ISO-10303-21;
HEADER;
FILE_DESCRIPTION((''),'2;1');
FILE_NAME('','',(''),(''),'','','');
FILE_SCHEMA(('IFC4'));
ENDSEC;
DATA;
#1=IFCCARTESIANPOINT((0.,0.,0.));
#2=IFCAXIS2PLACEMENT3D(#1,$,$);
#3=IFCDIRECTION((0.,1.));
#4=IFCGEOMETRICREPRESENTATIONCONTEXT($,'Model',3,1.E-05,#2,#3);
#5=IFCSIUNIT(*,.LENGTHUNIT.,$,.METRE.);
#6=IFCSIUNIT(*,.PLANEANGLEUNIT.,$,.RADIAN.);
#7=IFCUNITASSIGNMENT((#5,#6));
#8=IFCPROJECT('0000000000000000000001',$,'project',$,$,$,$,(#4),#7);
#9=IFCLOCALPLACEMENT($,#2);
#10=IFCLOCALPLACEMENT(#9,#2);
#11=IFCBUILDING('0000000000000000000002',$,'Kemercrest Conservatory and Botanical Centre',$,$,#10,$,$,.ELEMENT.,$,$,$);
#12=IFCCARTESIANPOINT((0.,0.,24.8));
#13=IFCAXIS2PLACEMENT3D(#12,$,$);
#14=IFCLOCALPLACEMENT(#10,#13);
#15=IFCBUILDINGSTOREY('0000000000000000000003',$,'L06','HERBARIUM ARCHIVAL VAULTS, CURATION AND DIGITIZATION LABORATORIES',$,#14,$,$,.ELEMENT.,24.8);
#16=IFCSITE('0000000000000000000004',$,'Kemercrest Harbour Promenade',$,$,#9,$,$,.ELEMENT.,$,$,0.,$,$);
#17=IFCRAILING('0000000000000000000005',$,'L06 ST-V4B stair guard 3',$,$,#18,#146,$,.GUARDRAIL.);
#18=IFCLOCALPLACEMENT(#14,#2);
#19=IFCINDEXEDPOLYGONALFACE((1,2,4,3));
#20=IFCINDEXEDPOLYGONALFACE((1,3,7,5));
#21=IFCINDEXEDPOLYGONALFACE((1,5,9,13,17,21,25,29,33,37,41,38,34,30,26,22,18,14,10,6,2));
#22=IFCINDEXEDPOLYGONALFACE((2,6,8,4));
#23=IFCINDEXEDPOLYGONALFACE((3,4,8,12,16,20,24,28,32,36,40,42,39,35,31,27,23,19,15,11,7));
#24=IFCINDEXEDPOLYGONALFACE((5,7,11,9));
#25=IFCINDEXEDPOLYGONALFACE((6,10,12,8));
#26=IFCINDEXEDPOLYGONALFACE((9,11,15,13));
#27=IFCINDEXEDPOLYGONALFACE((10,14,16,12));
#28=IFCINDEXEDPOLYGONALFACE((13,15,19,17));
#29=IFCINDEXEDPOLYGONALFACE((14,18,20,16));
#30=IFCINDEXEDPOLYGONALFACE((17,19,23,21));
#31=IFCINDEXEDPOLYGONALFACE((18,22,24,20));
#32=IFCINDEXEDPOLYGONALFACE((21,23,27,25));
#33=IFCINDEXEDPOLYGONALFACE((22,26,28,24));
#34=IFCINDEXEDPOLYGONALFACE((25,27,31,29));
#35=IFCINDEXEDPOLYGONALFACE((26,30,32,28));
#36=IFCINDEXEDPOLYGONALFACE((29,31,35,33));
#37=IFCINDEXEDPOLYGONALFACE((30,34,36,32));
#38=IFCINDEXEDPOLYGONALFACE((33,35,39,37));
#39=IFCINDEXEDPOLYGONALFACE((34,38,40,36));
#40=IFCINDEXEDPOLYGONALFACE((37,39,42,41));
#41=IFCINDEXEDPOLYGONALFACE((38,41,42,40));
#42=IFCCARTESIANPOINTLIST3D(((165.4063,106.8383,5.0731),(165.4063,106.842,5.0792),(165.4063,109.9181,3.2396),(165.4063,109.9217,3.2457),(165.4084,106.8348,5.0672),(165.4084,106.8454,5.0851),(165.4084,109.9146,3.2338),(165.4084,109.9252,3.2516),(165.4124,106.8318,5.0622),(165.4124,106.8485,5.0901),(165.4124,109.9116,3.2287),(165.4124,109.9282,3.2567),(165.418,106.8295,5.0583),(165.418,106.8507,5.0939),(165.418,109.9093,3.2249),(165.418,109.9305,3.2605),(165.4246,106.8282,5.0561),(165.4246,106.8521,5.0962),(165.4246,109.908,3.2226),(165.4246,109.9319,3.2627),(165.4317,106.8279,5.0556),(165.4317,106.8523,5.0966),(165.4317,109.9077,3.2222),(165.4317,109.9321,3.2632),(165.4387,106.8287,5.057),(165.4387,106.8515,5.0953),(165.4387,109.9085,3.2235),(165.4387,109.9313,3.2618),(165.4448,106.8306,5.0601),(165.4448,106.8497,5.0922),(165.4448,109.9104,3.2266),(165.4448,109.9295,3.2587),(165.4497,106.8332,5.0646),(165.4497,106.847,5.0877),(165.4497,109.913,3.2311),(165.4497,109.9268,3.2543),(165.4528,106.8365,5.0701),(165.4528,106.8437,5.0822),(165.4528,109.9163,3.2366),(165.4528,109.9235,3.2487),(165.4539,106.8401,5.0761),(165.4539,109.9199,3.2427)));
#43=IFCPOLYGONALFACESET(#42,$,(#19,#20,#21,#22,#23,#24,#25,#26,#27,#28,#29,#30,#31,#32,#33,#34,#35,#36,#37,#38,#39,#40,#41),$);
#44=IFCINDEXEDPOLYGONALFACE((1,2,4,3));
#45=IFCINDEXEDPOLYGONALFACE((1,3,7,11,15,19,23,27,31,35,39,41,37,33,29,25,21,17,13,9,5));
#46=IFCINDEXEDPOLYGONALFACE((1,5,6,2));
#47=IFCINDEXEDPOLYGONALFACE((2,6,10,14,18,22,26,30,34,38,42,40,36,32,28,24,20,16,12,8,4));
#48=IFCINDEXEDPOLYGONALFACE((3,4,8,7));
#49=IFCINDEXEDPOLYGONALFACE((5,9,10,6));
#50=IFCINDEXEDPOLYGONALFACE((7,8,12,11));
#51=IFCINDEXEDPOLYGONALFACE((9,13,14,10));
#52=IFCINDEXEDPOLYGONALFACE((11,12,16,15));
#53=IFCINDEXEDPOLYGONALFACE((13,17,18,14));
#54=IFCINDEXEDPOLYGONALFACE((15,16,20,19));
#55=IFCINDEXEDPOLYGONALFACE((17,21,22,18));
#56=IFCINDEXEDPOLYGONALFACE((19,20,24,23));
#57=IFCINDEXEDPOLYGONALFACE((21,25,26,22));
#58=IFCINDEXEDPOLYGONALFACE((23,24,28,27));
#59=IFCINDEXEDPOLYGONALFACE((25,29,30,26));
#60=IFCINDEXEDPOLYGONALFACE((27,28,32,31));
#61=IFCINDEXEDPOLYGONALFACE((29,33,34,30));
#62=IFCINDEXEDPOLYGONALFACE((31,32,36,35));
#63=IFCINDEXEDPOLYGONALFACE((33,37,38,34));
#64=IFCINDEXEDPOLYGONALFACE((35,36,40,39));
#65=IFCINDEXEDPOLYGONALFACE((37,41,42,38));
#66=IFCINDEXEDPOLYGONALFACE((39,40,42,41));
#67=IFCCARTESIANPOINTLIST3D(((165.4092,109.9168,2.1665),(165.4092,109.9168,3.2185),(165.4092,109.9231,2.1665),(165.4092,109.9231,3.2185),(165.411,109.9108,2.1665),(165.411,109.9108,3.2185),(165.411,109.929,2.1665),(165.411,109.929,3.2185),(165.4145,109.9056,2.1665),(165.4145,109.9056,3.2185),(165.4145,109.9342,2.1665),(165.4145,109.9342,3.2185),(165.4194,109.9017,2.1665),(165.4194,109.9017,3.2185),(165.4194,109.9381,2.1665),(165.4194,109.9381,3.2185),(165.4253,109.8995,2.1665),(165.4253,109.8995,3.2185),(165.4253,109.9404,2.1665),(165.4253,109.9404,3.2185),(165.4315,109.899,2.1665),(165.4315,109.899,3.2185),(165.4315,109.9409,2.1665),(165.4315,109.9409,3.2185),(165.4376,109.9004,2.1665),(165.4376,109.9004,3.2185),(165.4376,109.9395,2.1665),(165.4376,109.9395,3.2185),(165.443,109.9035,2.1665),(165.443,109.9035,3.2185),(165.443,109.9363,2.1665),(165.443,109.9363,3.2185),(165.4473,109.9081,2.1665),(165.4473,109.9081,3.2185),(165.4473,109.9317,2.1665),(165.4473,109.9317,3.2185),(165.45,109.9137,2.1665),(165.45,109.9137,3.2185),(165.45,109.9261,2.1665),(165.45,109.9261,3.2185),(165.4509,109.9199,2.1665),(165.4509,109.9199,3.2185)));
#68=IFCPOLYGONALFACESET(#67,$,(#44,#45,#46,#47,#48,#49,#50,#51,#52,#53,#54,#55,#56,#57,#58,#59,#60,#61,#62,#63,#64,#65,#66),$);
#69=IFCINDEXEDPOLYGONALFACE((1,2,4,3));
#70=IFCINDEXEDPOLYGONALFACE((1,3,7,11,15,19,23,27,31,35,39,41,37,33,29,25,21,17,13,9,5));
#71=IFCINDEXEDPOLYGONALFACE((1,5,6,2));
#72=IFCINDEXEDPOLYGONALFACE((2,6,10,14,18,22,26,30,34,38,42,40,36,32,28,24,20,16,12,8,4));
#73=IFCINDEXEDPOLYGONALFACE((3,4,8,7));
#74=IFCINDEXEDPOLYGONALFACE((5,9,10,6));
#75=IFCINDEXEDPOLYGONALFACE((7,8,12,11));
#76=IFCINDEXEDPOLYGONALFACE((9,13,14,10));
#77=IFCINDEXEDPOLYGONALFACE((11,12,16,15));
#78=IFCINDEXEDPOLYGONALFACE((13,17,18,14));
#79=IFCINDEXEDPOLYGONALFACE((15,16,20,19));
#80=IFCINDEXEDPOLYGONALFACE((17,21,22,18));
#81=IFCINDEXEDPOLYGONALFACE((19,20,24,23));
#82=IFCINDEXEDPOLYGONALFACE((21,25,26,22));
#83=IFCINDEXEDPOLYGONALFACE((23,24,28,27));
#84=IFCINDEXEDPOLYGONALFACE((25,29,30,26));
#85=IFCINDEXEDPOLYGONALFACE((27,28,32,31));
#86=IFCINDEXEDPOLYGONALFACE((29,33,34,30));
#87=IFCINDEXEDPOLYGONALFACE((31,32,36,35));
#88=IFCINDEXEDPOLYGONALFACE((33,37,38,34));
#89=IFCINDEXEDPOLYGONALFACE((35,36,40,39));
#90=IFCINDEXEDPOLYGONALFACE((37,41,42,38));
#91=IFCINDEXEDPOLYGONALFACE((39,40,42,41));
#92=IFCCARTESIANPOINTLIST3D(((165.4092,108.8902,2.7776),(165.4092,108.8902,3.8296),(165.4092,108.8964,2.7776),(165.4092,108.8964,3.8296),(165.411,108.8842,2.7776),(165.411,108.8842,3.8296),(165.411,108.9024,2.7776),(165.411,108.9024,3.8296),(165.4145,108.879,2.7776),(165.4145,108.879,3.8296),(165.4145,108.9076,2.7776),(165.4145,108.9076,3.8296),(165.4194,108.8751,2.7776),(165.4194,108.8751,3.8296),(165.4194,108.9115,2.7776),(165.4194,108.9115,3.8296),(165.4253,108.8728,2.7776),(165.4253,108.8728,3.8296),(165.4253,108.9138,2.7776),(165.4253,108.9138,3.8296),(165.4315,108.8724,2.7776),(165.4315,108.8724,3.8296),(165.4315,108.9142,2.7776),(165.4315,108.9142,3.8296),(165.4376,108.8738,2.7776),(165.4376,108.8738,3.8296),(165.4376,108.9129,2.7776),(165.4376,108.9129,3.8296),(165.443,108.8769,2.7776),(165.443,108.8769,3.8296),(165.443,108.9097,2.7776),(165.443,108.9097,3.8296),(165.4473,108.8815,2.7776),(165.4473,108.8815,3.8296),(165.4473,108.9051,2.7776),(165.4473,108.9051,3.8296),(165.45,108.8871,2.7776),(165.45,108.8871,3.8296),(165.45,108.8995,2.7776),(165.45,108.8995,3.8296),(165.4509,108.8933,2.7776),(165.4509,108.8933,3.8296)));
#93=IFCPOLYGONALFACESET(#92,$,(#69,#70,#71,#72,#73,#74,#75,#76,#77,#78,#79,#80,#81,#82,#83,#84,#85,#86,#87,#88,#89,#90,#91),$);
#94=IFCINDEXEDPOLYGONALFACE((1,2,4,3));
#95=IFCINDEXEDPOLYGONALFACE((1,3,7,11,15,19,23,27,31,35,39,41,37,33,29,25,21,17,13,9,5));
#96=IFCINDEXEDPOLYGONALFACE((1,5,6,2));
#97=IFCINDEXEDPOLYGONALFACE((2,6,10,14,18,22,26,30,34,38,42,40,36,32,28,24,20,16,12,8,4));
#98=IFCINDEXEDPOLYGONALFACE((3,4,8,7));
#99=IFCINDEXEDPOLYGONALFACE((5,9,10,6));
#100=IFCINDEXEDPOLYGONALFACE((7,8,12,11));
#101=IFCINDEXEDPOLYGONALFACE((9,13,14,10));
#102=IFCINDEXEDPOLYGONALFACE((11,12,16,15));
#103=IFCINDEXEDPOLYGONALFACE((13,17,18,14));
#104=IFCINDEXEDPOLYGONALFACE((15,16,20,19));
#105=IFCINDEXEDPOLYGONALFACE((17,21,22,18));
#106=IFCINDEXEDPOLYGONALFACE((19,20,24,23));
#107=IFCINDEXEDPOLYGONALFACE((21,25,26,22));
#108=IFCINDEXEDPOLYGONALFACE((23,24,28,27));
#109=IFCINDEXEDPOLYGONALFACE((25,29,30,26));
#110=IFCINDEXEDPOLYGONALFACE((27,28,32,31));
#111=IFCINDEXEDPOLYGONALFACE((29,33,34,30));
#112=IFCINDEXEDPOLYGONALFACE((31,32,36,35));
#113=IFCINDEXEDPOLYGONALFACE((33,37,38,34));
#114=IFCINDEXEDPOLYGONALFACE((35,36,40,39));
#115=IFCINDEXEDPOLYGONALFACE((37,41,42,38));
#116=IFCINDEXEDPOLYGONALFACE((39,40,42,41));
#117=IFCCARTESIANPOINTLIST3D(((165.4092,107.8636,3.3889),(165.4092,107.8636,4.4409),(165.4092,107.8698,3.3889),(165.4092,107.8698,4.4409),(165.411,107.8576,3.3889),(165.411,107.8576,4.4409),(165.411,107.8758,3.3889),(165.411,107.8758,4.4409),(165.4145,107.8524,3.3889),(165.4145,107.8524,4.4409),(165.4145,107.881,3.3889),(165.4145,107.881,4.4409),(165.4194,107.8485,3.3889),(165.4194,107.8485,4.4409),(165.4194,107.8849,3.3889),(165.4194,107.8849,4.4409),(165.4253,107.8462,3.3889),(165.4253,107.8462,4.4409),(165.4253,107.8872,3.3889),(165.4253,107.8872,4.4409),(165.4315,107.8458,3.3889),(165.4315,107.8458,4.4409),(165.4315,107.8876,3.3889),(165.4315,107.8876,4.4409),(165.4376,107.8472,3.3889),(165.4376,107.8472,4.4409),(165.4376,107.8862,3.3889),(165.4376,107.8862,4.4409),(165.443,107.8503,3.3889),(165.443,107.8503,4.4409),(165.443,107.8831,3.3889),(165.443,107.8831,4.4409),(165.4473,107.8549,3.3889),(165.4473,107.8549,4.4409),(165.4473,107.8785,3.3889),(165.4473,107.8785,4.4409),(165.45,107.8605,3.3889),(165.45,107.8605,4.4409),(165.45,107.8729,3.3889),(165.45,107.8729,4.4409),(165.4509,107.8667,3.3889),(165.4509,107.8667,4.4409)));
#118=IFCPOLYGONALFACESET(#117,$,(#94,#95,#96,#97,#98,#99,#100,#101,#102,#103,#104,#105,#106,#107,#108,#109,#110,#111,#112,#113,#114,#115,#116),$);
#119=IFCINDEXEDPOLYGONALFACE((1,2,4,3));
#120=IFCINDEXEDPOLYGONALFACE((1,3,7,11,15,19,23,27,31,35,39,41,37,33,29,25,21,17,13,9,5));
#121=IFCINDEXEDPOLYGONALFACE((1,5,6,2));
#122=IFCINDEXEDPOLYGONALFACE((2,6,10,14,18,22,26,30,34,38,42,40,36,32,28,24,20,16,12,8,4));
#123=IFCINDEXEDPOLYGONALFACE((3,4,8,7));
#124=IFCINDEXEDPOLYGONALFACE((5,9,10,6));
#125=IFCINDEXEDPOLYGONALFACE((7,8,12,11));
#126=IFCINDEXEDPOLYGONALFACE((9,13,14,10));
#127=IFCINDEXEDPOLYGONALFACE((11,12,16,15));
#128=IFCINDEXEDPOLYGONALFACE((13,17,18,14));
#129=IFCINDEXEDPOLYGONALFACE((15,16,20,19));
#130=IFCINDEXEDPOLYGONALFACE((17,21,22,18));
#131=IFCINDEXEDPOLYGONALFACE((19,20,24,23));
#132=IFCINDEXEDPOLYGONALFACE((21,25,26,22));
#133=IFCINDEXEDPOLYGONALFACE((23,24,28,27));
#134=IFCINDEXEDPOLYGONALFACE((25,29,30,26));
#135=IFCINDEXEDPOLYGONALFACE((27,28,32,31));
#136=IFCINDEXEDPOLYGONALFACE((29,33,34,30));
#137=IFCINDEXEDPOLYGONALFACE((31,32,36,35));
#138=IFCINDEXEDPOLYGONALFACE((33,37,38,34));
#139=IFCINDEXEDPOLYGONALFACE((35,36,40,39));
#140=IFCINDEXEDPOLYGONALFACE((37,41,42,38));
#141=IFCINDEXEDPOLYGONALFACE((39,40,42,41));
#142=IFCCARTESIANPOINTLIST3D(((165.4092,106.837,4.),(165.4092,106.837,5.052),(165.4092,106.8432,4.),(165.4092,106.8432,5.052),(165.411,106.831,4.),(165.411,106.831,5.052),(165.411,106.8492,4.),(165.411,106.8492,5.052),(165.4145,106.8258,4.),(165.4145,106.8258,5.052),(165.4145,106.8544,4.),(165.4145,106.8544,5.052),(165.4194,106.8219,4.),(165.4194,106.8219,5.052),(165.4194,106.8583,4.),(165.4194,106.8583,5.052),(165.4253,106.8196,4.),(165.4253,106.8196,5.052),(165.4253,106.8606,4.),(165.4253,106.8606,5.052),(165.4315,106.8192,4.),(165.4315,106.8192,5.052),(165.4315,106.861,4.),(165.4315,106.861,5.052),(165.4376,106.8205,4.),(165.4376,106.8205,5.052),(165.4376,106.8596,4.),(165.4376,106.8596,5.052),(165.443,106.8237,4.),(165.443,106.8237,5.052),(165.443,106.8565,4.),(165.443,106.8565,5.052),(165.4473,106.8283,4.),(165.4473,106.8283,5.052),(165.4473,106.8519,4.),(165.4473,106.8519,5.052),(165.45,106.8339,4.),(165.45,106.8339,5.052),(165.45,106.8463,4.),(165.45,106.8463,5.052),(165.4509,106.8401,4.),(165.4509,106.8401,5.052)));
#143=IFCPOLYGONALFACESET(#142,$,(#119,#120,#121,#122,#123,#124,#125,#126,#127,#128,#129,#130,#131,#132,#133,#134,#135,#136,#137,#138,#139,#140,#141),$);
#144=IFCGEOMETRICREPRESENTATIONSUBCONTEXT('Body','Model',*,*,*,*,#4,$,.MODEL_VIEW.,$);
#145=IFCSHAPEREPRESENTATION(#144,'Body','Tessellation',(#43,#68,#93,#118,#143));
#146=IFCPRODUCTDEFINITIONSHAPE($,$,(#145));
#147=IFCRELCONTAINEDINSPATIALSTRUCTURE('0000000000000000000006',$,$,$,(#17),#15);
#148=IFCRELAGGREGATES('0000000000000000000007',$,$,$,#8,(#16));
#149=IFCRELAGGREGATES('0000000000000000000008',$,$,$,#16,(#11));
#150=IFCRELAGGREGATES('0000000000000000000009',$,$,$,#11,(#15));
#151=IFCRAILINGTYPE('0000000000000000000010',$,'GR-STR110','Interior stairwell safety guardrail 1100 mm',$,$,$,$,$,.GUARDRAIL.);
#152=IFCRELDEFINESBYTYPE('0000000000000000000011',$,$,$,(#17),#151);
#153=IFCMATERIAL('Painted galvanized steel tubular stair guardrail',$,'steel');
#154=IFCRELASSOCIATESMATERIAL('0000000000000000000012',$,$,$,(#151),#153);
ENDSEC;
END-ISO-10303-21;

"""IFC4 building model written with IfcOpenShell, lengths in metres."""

from ifc_helpers import new_model, si_unit, direction, frame, origin, origin_2d, place, context, subcontext, project, spatial, circle, extrude, material, type_object, element, save


model = new_model("IFC4")

# Units and contexts
model_context = context("Model", 3, precision=1e-05, world=origin(), true_north=direction((0.0, 1.0)))
body_context = subcontext(model_context, "Body", "Model", "MODEL_VIEW")
ifc_project = project(units=[si_unit("LENGTHUNIT", "METRE"), si_unit("PLANEANGLEUNIT", "RADIAN")], contexts=[model_context])

# Site, building, storey
site_placement = place(None, origin())
site = spatial("IfcSite", under=ifc_project, at=site_placement, Name="Kemercrest Harbour Promenade", CompositionType="ELEMENT", RefElevation=0.0)
building_placement = place(site_placement, origin())
building = spatial("IfcBuilding", under=site, at=building_placement, Name="Kemercrest Conservatory and Botanical Centre", CompositionType="ELEMENT")
storey_placement = place(building_placement, frame((0.0, 0.0, 24.8)))
storey = spatial("IfcBuildingStorey", under=building, at=storey_placement, Name="L06", Description="HERBARIUM ARCHIVAL VAULTS, CURATION AND DIGITIZATION LABORATORIES", CompositionType="ELEMENT", Elevation=24.8)

# Railing
ifc_material_1 = material(Name="Painted galvanized steel tubular stair guardrail", Category="steel")
railing_type_1 = type_object("IfcRailingType", Name="GR-STR110", Description="Interior stairwell safety guardrail 1100 mm", PredefinedType="GUARDRAIL", material=ifc_material_1)
railing_1_placement = place(storey_placement, frame((165.4299, 109.9199, 2.1665)))
element("IfcRailing", 1, at=railing_1_placement, inside=storey, type_object=railing_type_1, Name="L06 ST-V4B stair guard 3", PredefinedType="GUARDRAIL", context=body_context, shape_type="SweptSolid", body=[
    extrude(circle(Radius=0.0239, at=origin_2d()), frame((0.0, 0.0, 1.0762), z_axis=(0.0, -0.859261, 0.511538), x_axis=(1.0, 0.0, 0.0)), (0.0, 0.0, 1.0), 3.5842),
    extrude(circle(Radius=0.021, at=origin_2d()), origin(), (0.0, 0.0, 1.0), 1.052),
    extrude(circle(Radius=0.021, at=origin_2d()), frame((0.0, -1.0266, 0.6111)), (0.0, 0.0, 1.0), 1.052),
    extrude(circle(Radius=0.021, at=origin_2d()), frame((0.0, -2.0532, 1.2224)), (0.0, 0.0, 1.0), 1.052),
    extrude(circle(Radius=0.021, at=origin_2d()), frame((0.0, -3.0798, 1.8335)), (0.0, 0.0, 1.0), 1.052),
])

save(model, "model.ifc")
